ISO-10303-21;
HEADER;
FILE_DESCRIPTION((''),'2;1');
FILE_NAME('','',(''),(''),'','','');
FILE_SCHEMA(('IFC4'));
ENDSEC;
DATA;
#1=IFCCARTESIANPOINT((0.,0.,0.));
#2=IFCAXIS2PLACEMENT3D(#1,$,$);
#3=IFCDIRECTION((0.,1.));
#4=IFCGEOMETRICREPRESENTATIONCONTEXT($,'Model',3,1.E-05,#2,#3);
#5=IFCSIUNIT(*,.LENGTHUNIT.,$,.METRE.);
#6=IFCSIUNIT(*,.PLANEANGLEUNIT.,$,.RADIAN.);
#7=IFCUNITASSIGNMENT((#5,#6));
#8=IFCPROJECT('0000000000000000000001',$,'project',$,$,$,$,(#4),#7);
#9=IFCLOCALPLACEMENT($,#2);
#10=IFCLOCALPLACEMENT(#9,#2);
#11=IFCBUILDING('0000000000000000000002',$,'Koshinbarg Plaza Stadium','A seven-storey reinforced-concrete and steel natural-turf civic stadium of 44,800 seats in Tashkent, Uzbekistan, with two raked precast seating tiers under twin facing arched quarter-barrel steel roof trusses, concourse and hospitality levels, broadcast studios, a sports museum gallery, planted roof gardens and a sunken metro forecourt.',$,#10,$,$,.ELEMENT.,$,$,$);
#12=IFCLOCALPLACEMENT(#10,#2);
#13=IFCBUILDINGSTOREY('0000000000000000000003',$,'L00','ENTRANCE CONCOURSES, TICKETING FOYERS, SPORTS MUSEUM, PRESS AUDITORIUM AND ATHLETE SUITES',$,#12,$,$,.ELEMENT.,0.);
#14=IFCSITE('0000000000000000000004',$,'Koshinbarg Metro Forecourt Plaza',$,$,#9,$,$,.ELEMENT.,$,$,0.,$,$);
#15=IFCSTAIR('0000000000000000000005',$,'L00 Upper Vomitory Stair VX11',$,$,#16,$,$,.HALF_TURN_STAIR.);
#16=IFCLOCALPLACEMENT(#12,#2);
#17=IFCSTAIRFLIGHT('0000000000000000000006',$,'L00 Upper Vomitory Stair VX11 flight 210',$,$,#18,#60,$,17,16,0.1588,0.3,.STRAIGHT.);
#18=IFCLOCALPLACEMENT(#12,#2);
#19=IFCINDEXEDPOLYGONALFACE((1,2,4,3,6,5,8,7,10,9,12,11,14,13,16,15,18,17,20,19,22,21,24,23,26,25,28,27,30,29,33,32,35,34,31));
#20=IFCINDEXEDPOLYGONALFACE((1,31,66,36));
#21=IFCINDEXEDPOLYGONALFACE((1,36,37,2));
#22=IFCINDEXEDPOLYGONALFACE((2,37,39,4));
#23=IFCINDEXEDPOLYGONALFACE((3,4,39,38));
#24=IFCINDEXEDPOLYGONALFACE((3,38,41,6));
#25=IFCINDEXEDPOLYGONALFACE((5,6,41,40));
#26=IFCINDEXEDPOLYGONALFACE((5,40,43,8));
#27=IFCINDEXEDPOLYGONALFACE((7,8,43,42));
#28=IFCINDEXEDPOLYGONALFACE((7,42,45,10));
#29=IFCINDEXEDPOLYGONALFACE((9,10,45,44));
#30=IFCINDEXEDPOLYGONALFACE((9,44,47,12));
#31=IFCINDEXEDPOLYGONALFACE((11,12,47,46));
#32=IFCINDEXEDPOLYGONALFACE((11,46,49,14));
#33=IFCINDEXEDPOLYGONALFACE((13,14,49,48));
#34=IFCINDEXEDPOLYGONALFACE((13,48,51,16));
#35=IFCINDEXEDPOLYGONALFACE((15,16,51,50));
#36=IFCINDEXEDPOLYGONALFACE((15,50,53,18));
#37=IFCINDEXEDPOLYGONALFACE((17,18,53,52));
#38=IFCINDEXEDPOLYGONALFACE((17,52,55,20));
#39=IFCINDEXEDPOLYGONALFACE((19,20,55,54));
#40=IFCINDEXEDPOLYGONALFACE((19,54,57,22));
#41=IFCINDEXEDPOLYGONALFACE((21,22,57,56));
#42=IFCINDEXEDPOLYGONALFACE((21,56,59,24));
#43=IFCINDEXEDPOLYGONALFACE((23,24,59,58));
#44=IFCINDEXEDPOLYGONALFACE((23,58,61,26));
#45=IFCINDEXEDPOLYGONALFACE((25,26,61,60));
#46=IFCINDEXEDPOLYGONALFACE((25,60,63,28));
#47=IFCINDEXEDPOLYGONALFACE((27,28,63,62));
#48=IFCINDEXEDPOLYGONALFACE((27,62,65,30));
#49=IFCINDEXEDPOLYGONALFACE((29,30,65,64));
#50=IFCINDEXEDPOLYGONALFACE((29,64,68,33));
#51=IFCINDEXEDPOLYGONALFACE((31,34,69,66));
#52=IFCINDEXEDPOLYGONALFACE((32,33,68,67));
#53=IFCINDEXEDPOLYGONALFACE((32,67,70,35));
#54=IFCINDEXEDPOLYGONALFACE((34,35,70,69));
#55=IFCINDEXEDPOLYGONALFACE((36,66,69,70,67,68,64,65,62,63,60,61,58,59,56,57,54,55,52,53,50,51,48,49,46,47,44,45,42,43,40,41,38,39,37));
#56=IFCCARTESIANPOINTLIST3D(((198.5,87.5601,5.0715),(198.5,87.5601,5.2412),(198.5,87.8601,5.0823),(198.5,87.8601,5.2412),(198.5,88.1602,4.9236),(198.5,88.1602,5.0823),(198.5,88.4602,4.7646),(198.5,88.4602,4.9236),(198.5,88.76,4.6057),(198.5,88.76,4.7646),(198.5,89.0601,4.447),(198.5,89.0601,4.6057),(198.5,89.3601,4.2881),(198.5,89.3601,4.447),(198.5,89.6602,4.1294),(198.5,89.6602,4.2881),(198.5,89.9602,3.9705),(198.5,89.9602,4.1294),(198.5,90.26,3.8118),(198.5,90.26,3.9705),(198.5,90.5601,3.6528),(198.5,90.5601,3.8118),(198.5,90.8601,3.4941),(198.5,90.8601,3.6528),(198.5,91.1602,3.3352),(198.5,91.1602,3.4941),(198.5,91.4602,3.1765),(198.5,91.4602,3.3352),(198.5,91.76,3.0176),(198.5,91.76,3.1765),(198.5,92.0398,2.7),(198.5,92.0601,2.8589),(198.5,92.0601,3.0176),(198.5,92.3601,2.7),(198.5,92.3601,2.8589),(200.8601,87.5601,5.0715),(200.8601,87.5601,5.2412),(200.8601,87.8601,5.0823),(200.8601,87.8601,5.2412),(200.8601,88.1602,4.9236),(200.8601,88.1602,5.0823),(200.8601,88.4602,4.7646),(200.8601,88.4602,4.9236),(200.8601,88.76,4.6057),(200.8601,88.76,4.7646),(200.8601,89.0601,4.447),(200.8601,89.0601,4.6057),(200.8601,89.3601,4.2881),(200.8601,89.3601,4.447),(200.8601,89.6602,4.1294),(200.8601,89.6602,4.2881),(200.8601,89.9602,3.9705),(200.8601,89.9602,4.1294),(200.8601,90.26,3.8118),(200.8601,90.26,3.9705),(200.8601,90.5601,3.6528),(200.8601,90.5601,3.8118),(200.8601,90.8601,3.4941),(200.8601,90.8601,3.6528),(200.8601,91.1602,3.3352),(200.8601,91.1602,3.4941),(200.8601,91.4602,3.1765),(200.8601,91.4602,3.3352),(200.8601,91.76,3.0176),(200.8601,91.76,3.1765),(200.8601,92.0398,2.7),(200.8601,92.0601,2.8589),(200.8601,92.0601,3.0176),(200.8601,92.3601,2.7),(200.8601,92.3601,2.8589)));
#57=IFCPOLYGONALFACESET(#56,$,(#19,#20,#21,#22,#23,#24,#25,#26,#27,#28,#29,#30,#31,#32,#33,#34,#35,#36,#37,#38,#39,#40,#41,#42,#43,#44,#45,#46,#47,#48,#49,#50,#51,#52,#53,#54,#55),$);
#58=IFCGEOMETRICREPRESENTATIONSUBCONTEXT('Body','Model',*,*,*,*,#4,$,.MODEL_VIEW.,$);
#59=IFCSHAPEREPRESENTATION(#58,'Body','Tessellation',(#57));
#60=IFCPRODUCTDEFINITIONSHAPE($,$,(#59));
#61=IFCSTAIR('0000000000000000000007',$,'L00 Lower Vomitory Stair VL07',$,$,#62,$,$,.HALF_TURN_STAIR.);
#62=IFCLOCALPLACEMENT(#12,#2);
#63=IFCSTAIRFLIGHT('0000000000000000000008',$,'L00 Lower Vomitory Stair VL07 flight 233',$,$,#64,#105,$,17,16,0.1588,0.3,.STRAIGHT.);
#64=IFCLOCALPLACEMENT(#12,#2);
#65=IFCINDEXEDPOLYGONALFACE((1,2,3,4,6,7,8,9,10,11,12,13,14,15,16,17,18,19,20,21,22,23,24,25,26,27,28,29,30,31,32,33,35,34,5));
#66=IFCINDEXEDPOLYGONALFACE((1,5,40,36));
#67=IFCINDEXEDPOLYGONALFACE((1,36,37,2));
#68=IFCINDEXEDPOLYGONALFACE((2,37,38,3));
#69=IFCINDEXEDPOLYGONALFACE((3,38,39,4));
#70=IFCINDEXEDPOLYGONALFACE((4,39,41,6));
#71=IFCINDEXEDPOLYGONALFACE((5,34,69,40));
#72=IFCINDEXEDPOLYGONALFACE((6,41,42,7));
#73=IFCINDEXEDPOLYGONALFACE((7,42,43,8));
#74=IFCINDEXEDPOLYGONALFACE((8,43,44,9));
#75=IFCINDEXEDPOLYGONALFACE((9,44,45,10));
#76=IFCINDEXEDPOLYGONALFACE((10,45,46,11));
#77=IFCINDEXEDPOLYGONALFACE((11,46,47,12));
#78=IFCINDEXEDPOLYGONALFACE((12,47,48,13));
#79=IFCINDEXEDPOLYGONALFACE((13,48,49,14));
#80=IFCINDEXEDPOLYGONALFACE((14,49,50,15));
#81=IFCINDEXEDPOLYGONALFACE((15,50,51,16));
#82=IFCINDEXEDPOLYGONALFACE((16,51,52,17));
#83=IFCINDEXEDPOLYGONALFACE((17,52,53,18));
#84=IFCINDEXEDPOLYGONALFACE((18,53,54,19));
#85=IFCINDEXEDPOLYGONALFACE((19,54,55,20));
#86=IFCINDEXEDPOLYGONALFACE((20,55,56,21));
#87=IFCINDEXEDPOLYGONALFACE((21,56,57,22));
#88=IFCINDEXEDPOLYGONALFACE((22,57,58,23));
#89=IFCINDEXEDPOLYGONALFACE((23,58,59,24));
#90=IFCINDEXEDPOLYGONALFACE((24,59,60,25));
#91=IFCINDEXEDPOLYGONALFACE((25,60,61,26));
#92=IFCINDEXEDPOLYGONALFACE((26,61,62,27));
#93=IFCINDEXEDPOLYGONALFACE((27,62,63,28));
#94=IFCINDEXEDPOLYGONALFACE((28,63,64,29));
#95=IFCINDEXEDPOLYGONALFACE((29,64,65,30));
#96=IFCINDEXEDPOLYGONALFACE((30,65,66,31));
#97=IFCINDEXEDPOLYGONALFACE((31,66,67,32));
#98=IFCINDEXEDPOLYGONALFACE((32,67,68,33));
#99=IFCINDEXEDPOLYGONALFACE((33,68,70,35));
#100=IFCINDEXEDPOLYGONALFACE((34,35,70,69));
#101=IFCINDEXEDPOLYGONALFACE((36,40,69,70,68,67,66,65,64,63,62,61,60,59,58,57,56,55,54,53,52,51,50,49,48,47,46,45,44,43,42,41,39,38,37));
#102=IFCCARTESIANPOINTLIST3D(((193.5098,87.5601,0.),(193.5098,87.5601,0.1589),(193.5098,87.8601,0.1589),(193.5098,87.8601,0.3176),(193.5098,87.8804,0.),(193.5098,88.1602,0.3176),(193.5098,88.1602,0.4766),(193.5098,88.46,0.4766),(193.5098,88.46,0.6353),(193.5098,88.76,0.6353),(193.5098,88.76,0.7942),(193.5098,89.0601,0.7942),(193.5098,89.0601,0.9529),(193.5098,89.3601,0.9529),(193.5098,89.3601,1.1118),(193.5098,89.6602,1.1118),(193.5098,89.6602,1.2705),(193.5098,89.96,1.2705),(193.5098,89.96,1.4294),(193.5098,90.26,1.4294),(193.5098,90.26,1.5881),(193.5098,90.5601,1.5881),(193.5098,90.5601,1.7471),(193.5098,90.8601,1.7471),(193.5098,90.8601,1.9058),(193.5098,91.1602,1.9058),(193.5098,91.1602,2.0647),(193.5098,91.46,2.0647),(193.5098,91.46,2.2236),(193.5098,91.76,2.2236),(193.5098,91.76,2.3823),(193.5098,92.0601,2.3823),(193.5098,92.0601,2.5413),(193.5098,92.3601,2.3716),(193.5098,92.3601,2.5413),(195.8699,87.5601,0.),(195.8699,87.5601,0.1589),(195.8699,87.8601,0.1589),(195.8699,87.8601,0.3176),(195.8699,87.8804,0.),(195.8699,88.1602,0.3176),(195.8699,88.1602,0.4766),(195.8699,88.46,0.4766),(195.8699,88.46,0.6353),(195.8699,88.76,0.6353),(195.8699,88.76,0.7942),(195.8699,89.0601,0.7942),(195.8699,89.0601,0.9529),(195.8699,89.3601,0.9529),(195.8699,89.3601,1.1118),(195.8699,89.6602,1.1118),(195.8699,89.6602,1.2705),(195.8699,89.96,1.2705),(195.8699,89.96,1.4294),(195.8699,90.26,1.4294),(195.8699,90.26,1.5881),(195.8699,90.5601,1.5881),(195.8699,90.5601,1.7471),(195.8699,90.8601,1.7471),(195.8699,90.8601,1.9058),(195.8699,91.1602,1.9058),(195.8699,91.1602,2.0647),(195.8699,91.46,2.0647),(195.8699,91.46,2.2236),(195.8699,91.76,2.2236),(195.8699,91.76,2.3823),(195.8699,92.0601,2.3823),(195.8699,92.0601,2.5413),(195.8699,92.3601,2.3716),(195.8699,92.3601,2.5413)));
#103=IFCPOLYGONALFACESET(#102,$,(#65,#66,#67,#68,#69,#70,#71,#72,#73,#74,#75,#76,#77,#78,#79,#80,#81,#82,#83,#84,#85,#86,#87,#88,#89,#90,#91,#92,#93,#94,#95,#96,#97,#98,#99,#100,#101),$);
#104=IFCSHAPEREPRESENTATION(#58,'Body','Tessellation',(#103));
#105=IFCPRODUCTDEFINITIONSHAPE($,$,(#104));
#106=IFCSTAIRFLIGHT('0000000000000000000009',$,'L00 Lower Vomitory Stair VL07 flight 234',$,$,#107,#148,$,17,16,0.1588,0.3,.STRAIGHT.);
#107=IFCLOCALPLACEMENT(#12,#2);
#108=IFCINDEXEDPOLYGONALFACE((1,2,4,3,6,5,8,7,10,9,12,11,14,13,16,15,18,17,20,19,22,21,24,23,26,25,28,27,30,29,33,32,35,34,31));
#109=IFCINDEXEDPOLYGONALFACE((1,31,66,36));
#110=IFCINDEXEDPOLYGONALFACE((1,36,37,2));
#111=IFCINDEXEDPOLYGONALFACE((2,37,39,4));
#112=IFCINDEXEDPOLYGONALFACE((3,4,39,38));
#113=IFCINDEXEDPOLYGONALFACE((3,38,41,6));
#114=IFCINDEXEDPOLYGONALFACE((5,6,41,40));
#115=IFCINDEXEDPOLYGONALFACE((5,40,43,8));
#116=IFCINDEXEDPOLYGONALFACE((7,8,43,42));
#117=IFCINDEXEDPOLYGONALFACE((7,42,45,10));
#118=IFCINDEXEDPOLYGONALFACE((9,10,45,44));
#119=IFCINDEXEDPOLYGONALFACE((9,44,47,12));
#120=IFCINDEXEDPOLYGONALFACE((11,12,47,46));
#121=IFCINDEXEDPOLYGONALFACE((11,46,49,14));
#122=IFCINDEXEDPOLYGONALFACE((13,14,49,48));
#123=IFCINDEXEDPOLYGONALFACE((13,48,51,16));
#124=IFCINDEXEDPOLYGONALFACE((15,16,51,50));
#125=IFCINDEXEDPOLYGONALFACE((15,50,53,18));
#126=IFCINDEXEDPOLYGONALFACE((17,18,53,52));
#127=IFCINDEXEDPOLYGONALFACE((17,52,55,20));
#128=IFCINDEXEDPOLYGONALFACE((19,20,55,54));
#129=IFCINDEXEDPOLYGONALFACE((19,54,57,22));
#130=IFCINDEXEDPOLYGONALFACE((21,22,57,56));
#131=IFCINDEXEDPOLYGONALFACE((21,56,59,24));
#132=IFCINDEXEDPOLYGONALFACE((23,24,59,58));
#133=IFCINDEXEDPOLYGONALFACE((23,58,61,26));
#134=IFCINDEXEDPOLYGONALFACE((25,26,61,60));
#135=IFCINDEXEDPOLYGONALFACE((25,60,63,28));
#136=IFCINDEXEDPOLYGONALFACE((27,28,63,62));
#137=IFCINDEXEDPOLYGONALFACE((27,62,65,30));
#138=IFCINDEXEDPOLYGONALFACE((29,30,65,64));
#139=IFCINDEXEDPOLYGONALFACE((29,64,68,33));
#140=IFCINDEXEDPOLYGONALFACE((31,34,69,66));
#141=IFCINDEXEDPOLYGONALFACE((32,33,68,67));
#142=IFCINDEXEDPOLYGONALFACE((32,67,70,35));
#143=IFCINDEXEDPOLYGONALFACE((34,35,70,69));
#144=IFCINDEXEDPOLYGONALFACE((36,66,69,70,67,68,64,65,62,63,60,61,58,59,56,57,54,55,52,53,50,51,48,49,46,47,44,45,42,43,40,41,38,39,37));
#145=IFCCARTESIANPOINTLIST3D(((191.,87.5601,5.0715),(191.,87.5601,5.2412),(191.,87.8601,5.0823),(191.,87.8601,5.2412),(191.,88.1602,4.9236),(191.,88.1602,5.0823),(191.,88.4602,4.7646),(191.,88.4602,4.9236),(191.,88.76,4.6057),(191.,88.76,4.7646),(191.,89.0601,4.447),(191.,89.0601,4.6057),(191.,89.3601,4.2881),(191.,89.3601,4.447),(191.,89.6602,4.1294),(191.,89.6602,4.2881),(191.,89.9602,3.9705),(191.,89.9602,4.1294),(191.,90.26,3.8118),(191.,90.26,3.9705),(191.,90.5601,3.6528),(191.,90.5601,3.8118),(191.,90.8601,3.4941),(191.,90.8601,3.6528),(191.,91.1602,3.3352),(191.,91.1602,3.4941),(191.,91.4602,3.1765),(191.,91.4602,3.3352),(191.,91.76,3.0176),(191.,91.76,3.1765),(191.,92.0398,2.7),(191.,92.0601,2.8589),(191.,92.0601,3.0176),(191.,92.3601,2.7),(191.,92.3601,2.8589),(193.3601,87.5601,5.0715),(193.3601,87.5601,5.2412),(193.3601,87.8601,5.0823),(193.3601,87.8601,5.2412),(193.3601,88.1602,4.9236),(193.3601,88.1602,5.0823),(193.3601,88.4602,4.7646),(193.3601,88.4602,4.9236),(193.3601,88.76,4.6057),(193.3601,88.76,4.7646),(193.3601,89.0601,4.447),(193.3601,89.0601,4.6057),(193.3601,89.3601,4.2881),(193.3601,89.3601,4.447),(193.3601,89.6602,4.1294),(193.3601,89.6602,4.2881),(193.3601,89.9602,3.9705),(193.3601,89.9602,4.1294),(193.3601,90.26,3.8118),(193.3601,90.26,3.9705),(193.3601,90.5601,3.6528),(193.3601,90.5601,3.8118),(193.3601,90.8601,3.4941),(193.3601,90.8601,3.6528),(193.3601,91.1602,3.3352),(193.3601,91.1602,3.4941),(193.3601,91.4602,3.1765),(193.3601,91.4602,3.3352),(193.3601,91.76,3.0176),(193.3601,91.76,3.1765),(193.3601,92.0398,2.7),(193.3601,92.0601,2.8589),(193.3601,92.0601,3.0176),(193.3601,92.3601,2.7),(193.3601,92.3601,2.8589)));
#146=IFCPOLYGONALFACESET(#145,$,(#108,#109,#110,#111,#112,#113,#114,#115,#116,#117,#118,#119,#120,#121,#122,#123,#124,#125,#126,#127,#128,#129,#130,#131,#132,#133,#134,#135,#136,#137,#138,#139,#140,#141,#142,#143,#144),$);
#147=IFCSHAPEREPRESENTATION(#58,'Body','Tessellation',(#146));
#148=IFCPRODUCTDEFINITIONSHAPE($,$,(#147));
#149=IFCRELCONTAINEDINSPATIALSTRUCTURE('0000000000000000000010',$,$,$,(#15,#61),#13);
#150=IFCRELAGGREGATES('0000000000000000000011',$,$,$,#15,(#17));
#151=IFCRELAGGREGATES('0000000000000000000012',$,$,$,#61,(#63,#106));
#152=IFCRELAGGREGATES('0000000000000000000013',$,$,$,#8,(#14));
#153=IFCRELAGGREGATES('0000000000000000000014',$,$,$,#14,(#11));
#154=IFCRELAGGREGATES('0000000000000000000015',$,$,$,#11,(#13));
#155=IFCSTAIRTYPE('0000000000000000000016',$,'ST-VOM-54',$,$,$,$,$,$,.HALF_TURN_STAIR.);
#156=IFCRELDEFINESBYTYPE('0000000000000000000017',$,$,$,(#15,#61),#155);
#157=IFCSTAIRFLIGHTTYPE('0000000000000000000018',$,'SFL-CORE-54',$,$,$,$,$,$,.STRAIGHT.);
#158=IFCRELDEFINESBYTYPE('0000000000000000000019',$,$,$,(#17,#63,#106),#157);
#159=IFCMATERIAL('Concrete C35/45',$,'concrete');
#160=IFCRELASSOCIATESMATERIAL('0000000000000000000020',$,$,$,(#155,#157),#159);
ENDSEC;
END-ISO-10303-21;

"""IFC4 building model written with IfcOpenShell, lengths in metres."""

from ifc_helpers import new_model, si_unit, direction, frame, origin, place, context, subcontext, project, spatial, polyline, outline, extrude, material, type_object, element, aggregate, save


model = new_model("IFC4")

# Units and contexts
model_context = context("Model", 3, precision=1e-05, world=origin(), true_north=direction((0.0, 1.0)))
body_context = subcontext(model_context, "Body", "Model", "MODEL_VIEW")
ifc_project = project(units=[si_unit("LENGTHUNIT", "METRE"), si_unit("PLANEANGLEUNIT", "RADIAN")], contexts=[model_context])

# Site, building, storey
site_placement = place(None, origin())
site = spatial("IfcSite", under=ifc_project, at=site_placement, Name="Koshinbarg Metro Forecourt Plaza", CompositionType="ELEMENT", RefElevation=0.0)
building_placement = place(site_placement, origin())
building = spatial("IfcBuilding", under=site, at=building_placement, Name="Koshinbarg Plaza Stadium", Description="A seven-storey reinforced-concrete and steel natural-turf civic stadium of 44,800 seats in Tashkent, Uzbekistan, with two raked precast seating tiers under twin facing arched quarter-barrel steel roof trusses, concourse and hospitality levels, broadcast studios, a sports museum gallery, planted roof gardens and a sunken metro forecourt.", CompositionType="ELEMENT")
storey_placement = place(building_placement, origin())
storey = spatial("IfcBuildingStorey", under=building, at=storey_placement, Name="L00", Description="ENTRANCE CONCOURSES, TICKETING FOYERS, SPORTS MUSEUM, PRESS AUDITORIUM AND ATHLETE SUITES", CompositionType="ELEMENT", Elevation=0.0)

# Shared definitions
ifc_material_1 = material(Name="Concrete C35/45", Category="concrete")

# Stair, stair flight
stair_type = type_object("IfcStairType", Name="ST-VOM-54", PredefinedType="HALF_TURN_STAIR", material=ifc_material_1)
stair_flight_type = type_object("IfcStairFlightType", Name="SFL-CORE-54", PredefinedType="STRAIGHT", material=ifc_material_1)
stair_1_placement = place(storey_placement, origin())
stair_1 = element("IfcStair", 1, at=stair_1_placement, inside=storey, type_object=stair_type, Name="L00 Upper Vomitory Stair VX11", PredefinedType="HALF_TURN_STAIR")
stair_flight_1_placement = place(storey_placement, frame((199.6799, 92.3601, 2.7), z_axis=(0.0, 0.0, 1.0), x_axis=(0.0, -1.0, 0.0)))
stair_flight_1 = element("IfcStairFlight", 2, at=stair_flight_1_placement, type_object=stair_flight_type, Name="L00 Upper Vomitory Stair VX11 flight 210", NumberOfRisers=17, NumberOfTreads=16, PredefinedType="STRAIGHT", RiserHeight=0.1588, TreadLength=0.3, context=body_context, shape_type="SweptSolid", body=[
    extrude(outline(polyline([(0.0, 0.0), (0.0, 0.1589), (0.3, 0.1589), (0.3, 0.3176), (0.6001, 0.3176), (0.6001, 0.4766), (0.8999, 0.4766), (0.8999, 0.6353), (1.2, 0.6353), (1.2, 0.7942), (1.5, 0.7942), (1.5, 0.9529), (1.8, 0.9529), (1.8, 1.1118), (2.1001, 1.1118), (2.1001, 1.2705), (2.3999, 1.2705), (2.3999, 1.4294), (2.7, 1.4294), (2.7, 1.5881), (3.0, 1.5881), (3.0, 1.7471), (3.3, 1.7471), (3.3, 1.9058), (3.6001, 1.9058), (3.6001, 2.0647), (3.8999, 2.0647), (3.8999, 2.2236), (4.2, 2.2236), (4.2, 2.3823), (4.5, 2.3823), (4.5, 2.5413), (4.8, 2.5413), (4.8, 2.7), (4.8, 2.3716), (0.3203, 0.0), (0.0, 0.0)])), frame((0.0, 1.1802, 0.0), z_axis=(0.0, -1.0, 0.0), x_axis=(1.0, 0.0, 0.0)), (0.0, 0.0, 1.0), 2.3601),
])
aggregate(stair_1, [stair_flight_1])

# Stair, stair flights
stair_2_placement = place(storey_placement, origin())
stair_2 = element("IfcStair", 3, at=stair_2_placement, inside=storey, type_object=stair_type, Name="L00 Lower Vomitory Stair VL07", PredefinedType="HALF_TURN_STAIR")
stair_flight_2_placement = place(storey_placement, frame((194.6899, 87.5601, 0.0), z_axis=(0.0, 0.0, 1.0), x_axis=(0.0, 1.0, 0.0)))
stair_flight_2 = element("IfcStairFlight", 4, at=stair_flight_2_placement, type_object=stair_flight_type, Name="L00 Lower Vomitory Stair VL07 flight 233", NumberOfRisers=17, NumberOfTreads=16, PredefinedType="STRAIGHT", RiserHeight=0.1588, TreadLength=0.3, context=body_context, shape_type="SweptSolid", body=[
    extrude(outline(polyline([(0.0, 0.0), (0.0, 0.1589), (0.3, 0.1589), (0.3, 0.3176), (0.6001, 0.3176), (0.6001, 0.4766), (0.8999, 0.4766), (0.8999, 0.6353), (1.2, 0.6353), (1.2, 0.7942), (1.5, 0.7942), (1.5, 0.9529), (1.8, 0.9529), (1.8, 1.1118), (2.1001, 1.1118), (2.1001, 1.2705), (2.3999, 1.2705), (2.3999, 1.4294), (2.7, 1.4294), (2.7, 1.5881), (3.0, 1.5881), (3.0, 1.7471), (3.3, 1.7471), (3.3, 1.9058), (3.6001, 1.9058), (3.6001, 2.0647), (3.8999, 2.0647), (3.8999, 2.2236), (4.2, 2.2236), (4.2, 2.3823), (4.5, 2.3823), (4.5, 2.5413), (4.8, 2.5413), (4.8, 2.7), (4.8, 2.3716), (0.3203, 0.0), (0.0, 0.0)])), frame((0.0, 1.1802, 0.0), z_axis=(0.0, -1.0, 0.0), x_axis=(1.0, 0.0, 0.0)), (0.0, 0.0, 1.0), 2.3601),
])
stair_flight_3_placement = place(storey_placement, frame((192.1799, 92.3601, 2.7), z_axis=(0.0, 0.0, 1.0), x_axis=(0.0, -1.0, 0.0)))
stair_flight_3 = element("IfcStairFlight", 5, at=stair_flight_3_placement, type_object=stair_flight_type, Name="L00 Lower Vomitory Stair VL07 flight 234", NumberOfRisers=17, NumberOfTreads=16, PredefinedType="STRAIGHT", RiserHeight=0.1588, TreadLength=0.3, context=body_context, shape_type="SweptSolid", body=[
    extrude(outline(polyline([(0.0, 0.0), (0.0, 0.1589), (0.3, 0.1589), (0.3, 0.3176), (0.6001, 0.3176), (0.6001, 0.4766), (0.8999, 0.4766), (0.8999, 0.6353), (1.2, 0.6353), (1.2, 0.7942), (1.5, 0.7942), (1.5, 0.9529), (1.8, 0.9529), (1.8, 1.1118), (2.1001, 1.1118), (2.1001, 1.2705), (2.3999, 1.2705), (2.3999, 1.4294), (2.7, 1.4294), (2.7, 1.5881), (3.0, 1.5881), (3.0, 1.7471), (3.3, 1.7471), (3.3, 1.9058), (3.6001, 1.9058), (3.6001, 2.0647), (3.8999, 2.0647), (3.8999, 2.2236), (4.2, 2.2236), (4.2, 2.3823), (4.5, 2.3823), (4.5, 2.5413), (4.8, 2.5413), (4.8, 2.7), (4.8, 2.3716), (0.3203, 0.0), (0.0, 0.0)])), frame((0.0, 1.1802, 0.0), z_axis=(0.0, -1.0, 0.0), x_axis=(1.0, 0.0, 0.0)), (0.0, 0.0, 1.0), 2.3601),
])
aggregate(stair_2, [stair_flight_2, stair_flight_3])

save(model, "model.ifc")
